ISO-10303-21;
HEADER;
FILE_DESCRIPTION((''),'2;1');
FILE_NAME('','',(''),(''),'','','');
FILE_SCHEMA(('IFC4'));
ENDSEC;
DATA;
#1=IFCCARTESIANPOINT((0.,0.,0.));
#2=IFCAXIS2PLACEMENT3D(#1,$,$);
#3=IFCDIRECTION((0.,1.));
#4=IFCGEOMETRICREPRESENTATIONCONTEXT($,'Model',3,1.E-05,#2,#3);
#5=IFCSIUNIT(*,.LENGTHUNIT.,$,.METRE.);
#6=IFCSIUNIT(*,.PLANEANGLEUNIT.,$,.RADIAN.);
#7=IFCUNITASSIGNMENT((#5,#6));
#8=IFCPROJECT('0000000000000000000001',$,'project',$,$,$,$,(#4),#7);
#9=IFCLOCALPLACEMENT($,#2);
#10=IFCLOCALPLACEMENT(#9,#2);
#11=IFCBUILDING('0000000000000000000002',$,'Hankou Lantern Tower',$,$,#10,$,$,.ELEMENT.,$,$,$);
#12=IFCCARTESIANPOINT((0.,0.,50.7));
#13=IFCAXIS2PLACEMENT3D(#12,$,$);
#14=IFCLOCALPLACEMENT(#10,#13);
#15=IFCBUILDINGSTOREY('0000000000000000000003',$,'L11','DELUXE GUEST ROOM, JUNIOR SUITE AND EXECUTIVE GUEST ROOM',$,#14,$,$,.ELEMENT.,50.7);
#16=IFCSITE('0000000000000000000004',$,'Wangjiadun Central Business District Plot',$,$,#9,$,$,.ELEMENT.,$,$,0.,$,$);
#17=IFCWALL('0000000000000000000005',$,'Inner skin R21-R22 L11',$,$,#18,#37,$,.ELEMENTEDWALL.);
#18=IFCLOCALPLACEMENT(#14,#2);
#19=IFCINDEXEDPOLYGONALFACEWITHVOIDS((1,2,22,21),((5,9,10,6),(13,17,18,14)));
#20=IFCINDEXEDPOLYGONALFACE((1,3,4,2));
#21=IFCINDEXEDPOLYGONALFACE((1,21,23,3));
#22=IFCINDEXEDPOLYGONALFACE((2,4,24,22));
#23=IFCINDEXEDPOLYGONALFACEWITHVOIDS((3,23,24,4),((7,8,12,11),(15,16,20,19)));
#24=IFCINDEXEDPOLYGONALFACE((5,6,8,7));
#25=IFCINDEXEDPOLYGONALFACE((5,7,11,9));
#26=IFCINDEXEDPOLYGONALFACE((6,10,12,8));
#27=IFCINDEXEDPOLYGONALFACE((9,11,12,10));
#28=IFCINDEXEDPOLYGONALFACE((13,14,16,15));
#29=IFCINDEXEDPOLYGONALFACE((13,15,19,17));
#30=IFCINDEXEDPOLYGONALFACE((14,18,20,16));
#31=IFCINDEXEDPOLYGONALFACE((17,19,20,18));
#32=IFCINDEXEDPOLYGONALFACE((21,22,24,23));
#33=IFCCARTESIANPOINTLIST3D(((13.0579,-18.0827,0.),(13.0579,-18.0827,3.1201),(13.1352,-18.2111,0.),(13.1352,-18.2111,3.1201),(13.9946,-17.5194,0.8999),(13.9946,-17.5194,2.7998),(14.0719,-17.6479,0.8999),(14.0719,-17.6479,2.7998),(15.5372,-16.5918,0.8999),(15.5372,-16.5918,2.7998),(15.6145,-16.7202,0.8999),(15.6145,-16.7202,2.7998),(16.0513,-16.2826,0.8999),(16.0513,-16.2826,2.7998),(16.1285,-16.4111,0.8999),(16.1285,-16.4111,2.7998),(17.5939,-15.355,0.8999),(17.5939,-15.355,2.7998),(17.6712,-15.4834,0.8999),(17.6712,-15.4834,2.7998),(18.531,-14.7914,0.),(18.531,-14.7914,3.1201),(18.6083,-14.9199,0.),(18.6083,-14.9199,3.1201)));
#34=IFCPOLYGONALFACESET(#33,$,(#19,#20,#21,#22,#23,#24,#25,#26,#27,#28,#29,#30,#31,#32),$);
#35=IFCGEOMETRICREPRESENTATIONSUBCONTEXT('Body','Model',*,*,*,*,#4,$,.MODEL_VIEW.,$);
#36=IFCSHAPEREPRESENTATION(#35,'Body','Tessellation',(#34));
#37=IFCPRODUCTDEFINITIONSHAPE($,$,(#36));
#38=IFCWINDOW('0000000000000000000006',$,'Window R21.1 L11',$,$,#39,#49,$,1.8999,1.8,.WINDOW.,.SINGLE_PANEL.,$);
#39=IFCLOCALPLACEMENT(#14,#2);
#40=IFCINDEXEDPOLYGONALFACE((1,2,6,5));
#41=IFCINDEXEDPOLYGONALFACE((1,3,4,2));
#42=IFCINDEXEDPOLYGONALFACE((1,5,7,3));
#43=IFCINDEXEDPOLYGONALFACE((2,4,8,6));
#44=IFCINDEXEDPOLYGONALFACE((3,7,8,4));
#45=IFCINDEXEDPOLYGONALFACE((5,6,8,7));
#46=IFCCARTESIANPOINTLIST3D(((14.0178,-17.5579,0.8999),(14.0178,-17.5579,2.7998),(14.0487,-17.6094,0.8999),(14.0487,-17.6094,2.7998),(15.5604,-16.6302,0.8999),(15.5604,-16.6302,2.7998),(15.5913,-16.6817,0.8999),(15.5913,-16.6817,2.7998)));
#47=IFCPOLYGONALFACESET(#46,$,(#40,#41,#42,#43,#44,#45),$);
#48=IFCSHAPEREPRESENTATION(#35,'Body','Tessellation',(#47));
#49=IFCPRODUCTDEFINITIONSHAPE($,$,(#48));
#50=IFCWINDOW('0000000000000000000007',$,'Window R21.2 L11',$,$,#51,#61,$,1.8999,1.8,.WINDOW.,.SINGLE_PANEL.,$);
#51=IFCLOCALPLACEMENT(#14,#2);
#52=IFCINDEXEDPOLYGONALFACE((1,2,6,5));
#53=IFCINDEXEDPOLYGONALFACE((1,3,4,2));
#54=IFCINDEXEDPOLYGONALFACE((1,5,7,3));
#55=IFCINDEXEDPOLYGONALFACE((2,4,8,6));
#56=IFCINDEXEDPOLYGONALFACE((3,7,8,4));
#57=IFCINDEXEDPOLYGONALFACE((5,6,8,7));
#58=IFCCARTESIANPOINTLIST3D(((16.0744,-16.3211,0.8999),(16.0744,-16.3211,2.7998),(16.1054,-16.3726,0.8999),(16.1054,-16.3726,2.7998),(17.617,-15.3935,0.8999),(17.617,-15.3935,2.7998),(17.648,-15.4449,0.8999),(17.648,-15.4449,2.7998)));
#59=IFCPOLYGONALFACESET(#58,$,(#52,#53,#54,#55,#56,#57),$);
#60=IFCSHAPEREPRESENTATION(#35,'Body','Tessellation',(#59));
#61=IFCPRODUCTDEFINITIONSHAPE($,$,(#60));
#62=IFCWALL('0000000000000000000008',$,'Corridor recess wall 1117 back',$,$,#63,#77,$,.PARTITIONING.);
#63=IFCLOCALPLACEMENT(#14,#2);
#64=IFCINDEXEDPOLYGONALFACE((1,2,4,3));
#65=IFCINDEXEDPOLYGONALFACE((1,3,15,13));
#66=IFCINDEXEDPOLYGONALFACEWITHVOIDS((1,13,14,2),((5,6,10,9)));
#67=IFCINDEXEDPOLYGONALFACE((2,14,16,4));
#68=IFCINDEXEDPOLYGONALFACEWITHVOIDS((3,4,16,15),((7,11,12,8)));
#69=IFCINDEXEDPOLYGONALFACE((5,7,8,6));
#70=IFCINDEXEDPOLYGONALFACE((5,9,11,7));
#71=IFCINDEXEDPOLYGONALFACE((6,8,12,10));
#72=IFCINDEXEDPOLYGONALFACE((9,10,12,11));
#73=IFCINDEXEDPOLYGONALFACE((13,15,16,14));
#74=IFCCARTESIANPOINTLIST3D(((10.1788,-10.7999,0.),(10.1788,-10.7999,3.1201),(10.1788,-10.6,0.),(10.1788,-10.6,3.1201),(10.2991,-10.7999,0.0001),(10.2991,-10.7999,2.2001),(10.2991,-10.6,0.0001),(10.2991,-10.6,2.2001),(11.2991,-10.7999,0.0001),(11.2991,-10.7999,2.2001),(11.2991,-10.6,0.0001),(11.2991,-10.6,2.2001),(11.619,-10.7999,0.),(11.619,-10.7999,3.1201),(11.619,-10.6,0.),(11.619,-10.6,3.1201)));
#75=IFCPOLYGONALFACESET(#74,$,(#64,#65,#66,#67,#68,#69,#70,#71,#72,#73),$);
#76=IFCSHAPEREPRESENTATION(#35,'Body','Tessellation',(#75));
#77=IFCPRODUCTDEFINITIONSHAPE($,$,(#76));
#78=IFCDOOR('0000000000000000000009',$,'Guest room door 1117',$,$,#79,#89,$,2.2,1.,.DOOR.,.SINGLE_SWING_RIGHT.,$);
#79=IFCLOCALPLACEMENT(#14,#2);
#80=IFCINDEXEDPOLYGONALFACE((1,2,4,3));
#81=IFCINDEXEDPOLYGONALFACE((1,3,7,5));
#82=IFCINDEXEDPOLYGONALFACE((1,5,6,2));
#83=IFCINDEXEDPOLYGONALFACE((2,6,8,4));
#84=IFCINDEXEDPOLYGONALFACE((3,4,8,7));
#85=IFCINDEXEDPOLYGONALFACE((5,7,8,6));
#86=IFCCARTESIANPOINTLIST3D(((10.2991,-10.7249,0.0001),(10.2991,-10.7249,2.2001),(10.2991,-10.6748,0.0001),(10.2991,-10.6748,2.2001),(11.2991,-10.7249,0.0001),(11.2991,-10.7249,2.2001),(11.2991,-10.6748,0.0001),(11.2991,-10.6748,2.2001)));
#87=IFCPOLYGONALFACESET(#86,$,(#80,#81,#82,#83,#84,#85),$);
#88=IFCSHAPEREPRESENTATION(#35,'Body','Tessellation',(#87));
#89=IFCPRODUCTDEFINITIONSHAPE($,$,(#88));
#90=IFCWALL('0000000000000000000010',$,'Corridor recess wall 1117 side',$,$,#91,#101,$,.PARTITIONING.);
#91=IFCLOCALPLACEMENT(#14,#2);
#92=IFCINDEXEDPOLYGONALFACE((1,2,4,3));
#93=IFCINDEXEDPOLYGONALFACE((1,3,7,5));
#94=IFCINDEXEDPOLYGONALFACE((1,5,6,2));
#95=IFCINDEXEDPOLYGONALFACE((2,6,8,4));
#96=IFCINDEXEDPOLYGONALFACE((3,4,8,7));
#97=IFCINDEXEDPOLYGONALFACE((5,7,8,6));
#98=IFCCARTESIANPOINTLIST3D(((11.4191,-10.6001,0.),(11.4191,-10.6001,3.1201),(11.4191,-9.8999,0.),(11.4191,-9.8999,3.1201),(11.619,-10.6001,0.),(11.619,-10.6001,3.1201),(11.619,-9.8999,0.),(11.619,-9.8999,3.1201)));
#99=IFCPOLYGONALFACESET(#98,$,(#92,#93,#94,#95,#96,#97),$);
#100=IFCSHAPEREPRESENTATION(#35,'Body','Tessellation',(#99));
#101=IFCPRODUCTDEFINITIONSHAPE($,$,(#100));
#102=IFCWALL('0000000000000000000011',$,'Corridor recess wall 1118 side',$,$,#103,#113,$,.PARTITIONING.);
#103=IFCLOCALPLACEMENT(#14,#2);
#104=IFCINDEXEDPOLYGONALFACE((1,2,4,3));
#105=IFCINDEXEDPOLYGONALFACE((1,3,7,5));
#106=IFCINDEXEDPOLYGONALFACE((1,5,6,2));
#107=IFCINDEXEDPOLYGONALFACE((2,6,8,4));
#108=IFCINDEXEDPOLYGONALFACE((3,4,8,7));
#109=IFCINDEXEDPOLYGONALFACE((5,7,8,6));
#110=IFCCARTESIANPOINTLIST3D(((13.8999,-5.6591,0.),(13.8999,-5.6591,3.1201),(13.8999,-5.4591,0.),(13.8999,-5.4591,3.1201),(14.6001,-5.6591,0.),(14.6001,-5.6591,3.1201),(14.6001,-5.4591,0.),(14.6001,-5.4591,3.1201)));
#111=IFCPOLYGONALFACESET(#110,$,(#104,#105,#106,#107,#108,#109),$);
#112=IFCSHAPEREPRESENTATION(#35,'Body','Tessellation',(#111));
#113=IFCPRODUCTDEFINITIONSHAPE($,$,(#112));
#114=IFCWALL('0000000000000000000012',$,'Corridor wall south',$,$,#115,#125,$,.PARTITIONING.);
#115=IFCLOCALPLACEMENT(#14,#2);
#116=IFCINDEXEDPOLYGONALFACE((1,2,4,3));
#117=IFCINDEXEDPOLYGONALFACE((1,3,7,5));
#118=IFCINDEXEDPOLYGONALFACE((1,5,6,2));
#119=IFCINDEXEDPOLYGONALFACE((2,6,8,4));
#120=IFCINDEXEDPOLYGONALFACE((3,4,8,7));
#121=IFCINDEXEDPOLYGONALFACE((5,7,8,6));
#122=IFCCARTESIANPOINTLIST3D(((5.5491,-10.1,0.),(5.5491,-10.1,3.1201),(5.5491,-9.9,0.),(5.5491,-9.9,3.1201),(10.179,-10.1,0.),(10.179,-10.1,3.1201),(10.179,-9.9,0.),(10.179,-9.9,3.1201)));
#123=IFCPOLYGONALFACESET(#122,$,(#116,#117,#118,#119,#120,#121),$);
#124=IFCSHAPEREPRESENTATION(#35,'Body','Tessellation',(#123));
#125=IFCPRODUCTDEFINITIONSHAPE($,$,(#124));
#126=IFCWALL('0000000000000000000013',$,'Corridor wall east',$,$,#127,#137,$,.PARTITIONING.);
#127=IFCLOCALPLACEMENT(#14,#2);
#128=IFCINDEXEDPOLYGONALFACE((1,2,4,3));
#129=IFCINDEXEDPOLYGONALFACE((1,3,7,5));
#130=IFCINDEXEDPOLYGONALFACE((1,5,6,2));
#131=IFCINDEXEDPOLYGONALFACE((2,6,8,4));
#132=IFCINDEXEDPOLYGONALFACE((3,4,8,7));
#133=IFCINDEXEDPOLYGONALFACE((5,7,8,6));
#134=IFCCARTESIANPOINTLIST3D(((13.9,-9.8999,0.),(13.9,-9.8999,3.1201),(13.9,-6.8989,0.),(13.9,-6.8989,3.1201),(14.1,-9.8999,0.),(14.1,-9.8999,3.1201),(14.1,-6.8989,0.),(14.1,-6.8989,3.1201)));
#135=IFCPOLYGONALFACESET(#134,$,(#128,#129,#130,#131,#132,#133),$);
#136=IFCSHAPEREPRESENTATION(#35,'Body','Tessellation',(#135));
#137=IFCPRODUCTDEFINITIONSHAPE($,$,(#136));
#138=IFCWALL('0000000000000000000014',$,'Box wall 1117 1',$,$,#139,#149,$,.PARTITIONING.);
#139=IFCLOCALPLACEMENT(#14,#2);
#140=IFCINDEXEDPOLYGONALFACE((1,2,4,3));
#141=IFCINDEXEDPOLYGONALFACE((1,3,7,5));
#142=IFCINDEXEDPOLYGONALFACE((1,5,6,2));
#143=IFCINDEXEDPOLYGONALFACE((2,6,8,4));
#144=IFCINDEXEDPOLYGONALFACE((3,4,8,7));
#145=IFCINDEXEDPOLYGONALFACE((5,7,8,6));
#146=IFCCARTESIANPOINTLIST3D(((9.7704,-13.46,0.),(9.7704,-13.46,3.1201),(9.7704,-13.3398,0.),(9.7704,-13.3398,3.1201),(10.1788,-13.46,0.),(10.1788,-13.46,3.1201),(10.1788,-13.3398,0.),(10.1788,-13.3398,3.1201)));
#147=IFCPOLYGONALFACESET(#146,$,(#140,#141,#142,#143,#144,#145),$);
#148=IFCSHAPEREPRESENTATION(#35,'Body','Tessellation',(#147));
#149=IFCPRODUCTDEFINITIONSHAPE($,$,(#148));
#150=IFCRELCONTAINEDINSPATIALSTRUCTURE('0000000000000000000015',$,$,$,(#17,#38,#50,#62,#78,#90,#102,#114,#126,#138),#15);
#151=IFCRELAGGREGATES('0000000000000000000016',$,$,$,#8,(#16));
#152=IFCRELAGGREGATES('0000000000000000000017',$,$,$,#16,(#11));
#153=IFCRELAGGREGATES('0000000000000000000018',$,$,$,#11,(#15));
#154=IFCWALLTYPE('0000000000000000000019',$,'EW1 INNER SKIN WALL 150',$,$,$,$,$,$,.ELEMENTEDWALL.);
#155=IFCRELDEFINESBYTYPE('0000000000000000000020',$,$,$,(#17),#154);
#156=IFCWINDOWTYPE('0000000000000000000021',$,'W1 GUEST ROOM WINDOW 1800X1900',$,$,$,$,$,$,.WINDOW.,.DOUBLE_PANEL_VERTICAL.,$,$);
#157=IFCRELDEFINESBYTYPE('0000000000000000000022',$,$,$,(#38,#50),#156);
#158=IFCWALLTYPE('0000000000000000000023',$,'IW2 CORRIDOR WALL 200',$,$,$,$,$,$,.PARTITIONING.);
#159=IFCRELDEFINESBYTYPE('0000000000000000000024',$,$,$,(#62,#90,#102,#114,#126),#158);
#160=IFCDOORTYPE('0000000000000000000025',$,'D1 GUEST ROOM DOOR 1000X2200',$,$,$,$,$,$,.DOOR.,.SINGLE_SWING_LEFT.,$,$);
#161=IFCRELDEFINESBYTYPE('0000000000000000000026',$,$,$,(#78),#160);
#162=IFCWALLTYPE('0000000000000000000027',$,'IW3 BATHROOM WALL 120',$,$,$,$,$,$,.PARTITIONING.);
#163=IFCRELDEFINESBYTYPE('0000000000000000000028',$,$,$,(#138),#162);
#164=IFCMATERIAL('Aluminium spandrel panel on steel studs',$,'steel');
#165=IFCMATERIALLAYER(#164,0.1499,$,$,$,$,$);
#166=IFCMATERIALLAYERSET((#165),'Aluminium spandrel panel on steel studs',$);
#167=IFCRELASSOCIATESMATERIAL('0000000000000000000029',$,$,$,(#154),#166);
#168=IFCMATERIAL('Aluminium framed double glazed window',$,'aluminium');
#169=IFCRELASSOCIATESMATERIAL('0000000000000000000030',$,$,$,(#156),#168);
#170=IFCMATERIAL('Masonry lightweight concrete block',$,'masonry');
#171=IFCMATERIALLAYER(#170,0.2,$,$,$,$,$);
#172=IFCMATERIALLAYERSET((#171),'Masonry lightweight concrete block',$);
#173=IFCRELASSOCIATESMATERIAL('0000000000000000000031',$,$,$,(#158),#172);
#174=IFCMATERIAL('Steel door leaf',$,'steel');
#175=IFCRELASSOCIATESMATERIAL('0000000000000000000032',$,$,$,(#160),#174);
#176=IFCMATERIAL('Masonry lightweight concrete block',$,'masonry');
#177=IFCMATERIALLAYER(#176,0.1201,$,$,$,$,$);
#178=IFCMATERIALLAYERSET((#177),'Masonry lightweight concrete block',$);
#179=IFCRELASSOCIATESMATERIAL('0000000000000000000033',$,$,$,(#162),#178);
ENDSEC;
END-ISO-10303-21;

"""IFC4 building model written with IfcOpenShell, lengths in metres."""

from ifc_helpers import new_model, si_unit, direction, frame, frame_2d, origin, place, context, subcontext, project, spatial, rectangle, extrude, material, layer, layer_set, type_object, element, fill, save


model = new_model("IFC4")

# Units and contexts
model_context = context("Model", 3, precision=1e-05, world=origin(), true_north=direction((0.0, 1.0)))
body_context = subcontext(model_context, "Body", "Model", "MODEL_VIEW")
ifc_project = project(units=[si_unit("LENGTHUNIT", "METRE"), si_unit("PLANEANGLEUNIT", "RADIAN")], contexts=[model_context])

# Site, building, storey
site_placement = place(None, origin())
site = spatial("IfcSite", under=ifc_project, at=site_placement, Name="Wangjiadun Central Business District Plot", CompositionType="ELEMENT", RefElevation=0.0)
building_placement = place(site_placement, origin())
building = spatial("IfcBuilding", under=site, at=building_placement, Name="Hankou Lantern Tower", CompositionType="ELEMENT")
storey_placement = place(building_placement, frame((0.0, 0.0, 50.7)))
storey = spatial("IfcBuildingStorey", under=building, at=storey_placement, Name="L11", Description="DELUXE GUEST ROOM, JUNIOR SUITE AND EXECUTIVE GUEST ROOM", CompositionType="ELEMENT", Elevation=50.7)

# Wall, openings, windows
ifc_material_1 = material(Name="Aluminium spandrel panel on steel studs", Category="steel")
ifc_layer_1 = layer(ifc_material_1, 0.1499)
ifc_layer_set_1 = layer_set([ifc_layer_1], Name="Aluminium spandrel panel on steel studs")
wall_type_1 = type_object("IfcWallType", Name="EW1 INNER SKIN WALL 150", PredefinedType="ELEMENTEDWALL", material=ifc_layer_set_1)
wall_1_placement = place(storey_placement, frame((13.0964, -18.147, 0.0), z_axis=(0.0, 0.0, 1.0), x_axis=(0.856983, 0.515344, 0.0)))
wall_1 = element("IfcWall", 1, at=wall_1_placement, inside=storey, type_object=wall_type_1, Name="Inner skin R21-R22 L11", PredefinedType="ELEMENTEDWALL", context=body_context, shape_type="SweptSolid", body=[
    extrude(rectangle(XDim=6.3865, YDim=0.1499, at=frame_2d((3.1934, 0.0))), origin(), (0.0, 0.0, 1.0), 3.1201),
])
opening_1_placement = place(wall_1_placement, frame((1.0933, 0.0, 0.8999)))
opening_1 = element("IfcOpeningElement", 2, at=opening_1_placement, cuts=wall_1, PredefinedType="OPENING", context=body_context, shape_type="SweptSolid", body=[
    extrude(rectangle(XDim=1.8, YDim=1.8999, at=frame_2d((0.8999, 0.95))), frame((0.0, 0.085, 0.0), z_axis=(0.0, -1.0, 0.0), x_axis=(1.0, 0.0, 0.0)), (0.0, 0.0, 1.0), 0.1699),
])
opening_2_placement = place(wall_1_placement, frame((3.4932, 0.0, 0.8999)))
opening_2 = element("IfcOpeningElement", 3, at=opening_2_placement, cuts=wall_1, PredefinedType="OPENING", context=body_context, shape_type="SweptSolid", body=[
    extrude(rectangle(XDim=1.8, YDim=1.8999, at=frame_2d((0.8999, 0.95))), frame((0.0, 0.085, 0.0), z_axis=(0.0, -1.0, 0.0), x_axis=(1.0, 0.0, 0.0)), (0.0, 0.0, 1.0), 0.1699),
])
ifc_material_2 = material(Name="Aluminium framed double glazed window", Category="aluminium")
window_type = type_object("IfcWindowType", Name="W1 GUEST ROOM WINDOW 1800X1900", PartitioningType="DOUBLE_PANEL_VERTICAL", PredefinedType="WINDOW", material=ifc_material_2)
window_1_placement = place(opening_1_placement, origin())
window_1 = element("IfcWindow", 4, at=window_1_placement, inside=storey, type_object=window_type, Name="Window R21.1 L11", OverallHeight=1.8999, OverallWidth=1.8, PartitioningType="SINGLE_PANEL", PredefinedType="WINDOW", context=body_context, shape_type="SweptSolid", body=[
    extrude(rectangle(XDim=1.8, YDim=1.8999, at=frame_2d((0.8999, 0.95))), frame((0.0, 0.03, 0.0), z_axis=(0.0, -1.0, 0.0), x_axis=(1.0, 0.0, 0.0)), (0.0, 0.0, 1.0), 0.0601),
])
fill(opening_1, window_1)
window_2_placement = place(opening_2_placement, origin())
window_2 = element("IfcWindow", 5, at=window_2_placement, inside=storey, type_object=window_type, Name="Window R21.2 L11", OverallHeight=1.8999, OverallWidth=1.8, PartitioningType="SINGLE_PANEL", PredefinedType="WINDOW", context=body_context, shape_type="SweptSolid", body=[
    extrude(rectangle(XDim=1.8, YDim=1.8999, at=frame_2d((0.8999, 0.95))), frame((0.0, 0.03, 0.0), z_axis=(0.0, -1.0, 0.0), x_axis=(1.0, 0.0, 0.0)), (0.0, 0.0, 1.0), 0.0601),
])
fill(opening_2, window_2)

# Wall, opening, door
ifc_material_3 = material(Name="Masonry lightweight concrete block", Category="masonry")
ifc_layer_2 = layer(ifc_material_3, 0.2)
ifc_layer_set_2 = layer_set([ifc_layer_2], Name="Masonry lightweight concrete block")
wall_type_2 = type_object("IfcWallType", Name="IW2 CORRIDOR WALL 200", PredefinedType="PARTITIONING", material=ifc_layer_set_2)
wall_2_placement = place(storey_placement, frame((11.6191, -10.7, 0.0), z_axis=(0.0, 0.0, 1.0), x_axis=(-1.0, 0.0, 0.0)))
wall_2 = element("IfcWall", 6, at=wall_2_placement, inside=storey, type_object=wall_type_2, Name="Corridor recess wall 1117 back", PredefinedType="PARTITIONING", context=body_context, shape_type="SweptSolid", body=[
    extrude(rectangle(XDim=1.4402, YDim=0.2, at=frame_2d((0.7202, 0.0))), origin(), (0.0, 0.0, 1.0), 3.1201),
])
opening_3_placement = place(wall_2_placement, frame((0.3201, 0.0, 0.0)))
opening_3 = element("IfcOpeningElement", 7, at=opening_3_placement, cuts=wall_2, PredefinedType="OPENING", context=body_context, shape_type="SweptSolid", body=[
    extrude(rectangle(XDim=1.0, YDim=2.2, at=frame_2d((0.5, 1.1001))), frame((0.0, 0.1099, 0.0), z_axis=(0.0, -1.0, 0.0), x_axis=(1.0, 0.0, 0.0)), (0.0, 0.0, 1.0), 0.22),
])
ifc_material_4 = material(Name="Steel door leaf", Category="steel")
door_type_1 = type_object("IfcDoorType", Name="D1 GUEST ROOM DOOR 1000X2200", OperationType="SINGLE_SWING_LEFT", PredefinedType="DOOR", material=ifc_material_4)
door_1_placement = place(opening_3_placement, origin())
door_1 = element("IfcDoor", 8, at=door_1_placement, inside=storey, type_object=door_type_1, Name="Guest room door 1117", OperationType="SINGLE_SWING_RIGHT", OverallHeight=2.2, OverallWidth=1.0, PredefinedType="DOOR", context=body_context, shape_type="SweptSolid", body=[
    extrude(rectangle(XDim=1.0, YDim=2.2, at=frame_2d((0.5, 1.1001))), frame((0.0, 0.0249, 0.0), z_axis=(0.0, -1.0, 0.0), x_axis=(1.0, 0.0, 0.0)), (0.0, 0.0, 1.0), 0.05),
])
fill(opening_3, door_1)

# Walls
for number, where, z_axis, x_axis, name in (
    (9, (11.519, -9.8999, 0.0), (0.0, 0.0, 1.0), (0.0, -1.0, 0.0), "Corridor recess wall 1117 side"),
    (10, (13.8999, -5.5591, 0.0), (0.0, 0.0, 1.0), (1.0, 0.0, 0.0), "Corridor recess wall 1118 side"),
):
    element("IfcWall", number, at=place(storey_placement, frame(where, z_axis=z_axis, x_axis=x_axis)), inside=storey, type_object=wall_type_2, Name=name, PredefinedType="PARTITIONING", context=body_context, shape_type="SweptSolid", body=[
        extrude(rectangle(XDim=0.7002, YDim=0.2, at=frame_2d((0.3501, 0.0))), origin(), (0.0, 0.0, 1.0), 3.1201),
    ])
wall_3_placement = place(storey_placement, frame((10.179, -10.0, 0.0), z_axis=(0.0, 0.0, 1.0), x_axis=(-1.0, 0.0, 0.0)))
element("IfcWall", 11, at=wall_3_placement, inside=storey, type_object=wall_type_2, Name="Corridor wall south", PredefinedType="PARTITIONING", context=body_context, shape_type="SweptSolid", body=[
    extrude(rectangle(XDim=4.6299, YDim=0.2, at=frame_2d((2.3149, 0.0))), origin(), (0.0, 0.0, 1.0), 3.1201),
])
wall_4_placement = place(storey_placement, frame((14.0, -9.8999, 0.0), z_axis=(0.0, 0.0, 1.0), x_axis=(0.0, 1.0, 0.0)))
element("IfcWall", 12, at=wall_4_placement, inside=storey, type_object=wall_type_2, Name="Corridor wall east", PredefinedType="PARTITIONING", context=body_context, shape_type="SweptSolid", body=[
    extrude(rectangle(XDim=3.001, YDim=0.2, at=frame_2d((1.5005, 0.0))), origin(), (0.0, 0.0, 1.0), 3.1201),
])
ifc_material_5 = material(Name="Masonry lightweight concrete block", Category="masonry")
ifc_layer_3 = layer(ifc_material_5, 0.1201)
ifc_layer_set_3 = layer_set([ifc_layer_3], Name="Masonry lightweight concrete block")
wall_type_3 = type_object("IfcWallType", Name="IW3 BATHROOM WALL 120", PredefinedType="PARTITIONING", material=ifc_layer_set_3)
wall_5_placement = place(storey_placement, frame((9.7705, -13.3999, 0.0), z_axis=(0.0, 0.0, 1.0), x_axis=(1.0, 0.0, 0.0)))
element("IfcWall", 13, at=wall_5_placement, inside=storey, type_object=wall_type_3, Name="Box wall 1117 1", PredefinedType="PARTITIONING", context=body_context, shape_type="SweptSolid", body=[
    extrude(rectangle(XDim=0.4084, YDim=0.1201, at=frame_2d((0.2041, 0.0))), origin(), (0.0, 0.0, 1.0), 3.1201),
])

save(model, "model.ifc")
